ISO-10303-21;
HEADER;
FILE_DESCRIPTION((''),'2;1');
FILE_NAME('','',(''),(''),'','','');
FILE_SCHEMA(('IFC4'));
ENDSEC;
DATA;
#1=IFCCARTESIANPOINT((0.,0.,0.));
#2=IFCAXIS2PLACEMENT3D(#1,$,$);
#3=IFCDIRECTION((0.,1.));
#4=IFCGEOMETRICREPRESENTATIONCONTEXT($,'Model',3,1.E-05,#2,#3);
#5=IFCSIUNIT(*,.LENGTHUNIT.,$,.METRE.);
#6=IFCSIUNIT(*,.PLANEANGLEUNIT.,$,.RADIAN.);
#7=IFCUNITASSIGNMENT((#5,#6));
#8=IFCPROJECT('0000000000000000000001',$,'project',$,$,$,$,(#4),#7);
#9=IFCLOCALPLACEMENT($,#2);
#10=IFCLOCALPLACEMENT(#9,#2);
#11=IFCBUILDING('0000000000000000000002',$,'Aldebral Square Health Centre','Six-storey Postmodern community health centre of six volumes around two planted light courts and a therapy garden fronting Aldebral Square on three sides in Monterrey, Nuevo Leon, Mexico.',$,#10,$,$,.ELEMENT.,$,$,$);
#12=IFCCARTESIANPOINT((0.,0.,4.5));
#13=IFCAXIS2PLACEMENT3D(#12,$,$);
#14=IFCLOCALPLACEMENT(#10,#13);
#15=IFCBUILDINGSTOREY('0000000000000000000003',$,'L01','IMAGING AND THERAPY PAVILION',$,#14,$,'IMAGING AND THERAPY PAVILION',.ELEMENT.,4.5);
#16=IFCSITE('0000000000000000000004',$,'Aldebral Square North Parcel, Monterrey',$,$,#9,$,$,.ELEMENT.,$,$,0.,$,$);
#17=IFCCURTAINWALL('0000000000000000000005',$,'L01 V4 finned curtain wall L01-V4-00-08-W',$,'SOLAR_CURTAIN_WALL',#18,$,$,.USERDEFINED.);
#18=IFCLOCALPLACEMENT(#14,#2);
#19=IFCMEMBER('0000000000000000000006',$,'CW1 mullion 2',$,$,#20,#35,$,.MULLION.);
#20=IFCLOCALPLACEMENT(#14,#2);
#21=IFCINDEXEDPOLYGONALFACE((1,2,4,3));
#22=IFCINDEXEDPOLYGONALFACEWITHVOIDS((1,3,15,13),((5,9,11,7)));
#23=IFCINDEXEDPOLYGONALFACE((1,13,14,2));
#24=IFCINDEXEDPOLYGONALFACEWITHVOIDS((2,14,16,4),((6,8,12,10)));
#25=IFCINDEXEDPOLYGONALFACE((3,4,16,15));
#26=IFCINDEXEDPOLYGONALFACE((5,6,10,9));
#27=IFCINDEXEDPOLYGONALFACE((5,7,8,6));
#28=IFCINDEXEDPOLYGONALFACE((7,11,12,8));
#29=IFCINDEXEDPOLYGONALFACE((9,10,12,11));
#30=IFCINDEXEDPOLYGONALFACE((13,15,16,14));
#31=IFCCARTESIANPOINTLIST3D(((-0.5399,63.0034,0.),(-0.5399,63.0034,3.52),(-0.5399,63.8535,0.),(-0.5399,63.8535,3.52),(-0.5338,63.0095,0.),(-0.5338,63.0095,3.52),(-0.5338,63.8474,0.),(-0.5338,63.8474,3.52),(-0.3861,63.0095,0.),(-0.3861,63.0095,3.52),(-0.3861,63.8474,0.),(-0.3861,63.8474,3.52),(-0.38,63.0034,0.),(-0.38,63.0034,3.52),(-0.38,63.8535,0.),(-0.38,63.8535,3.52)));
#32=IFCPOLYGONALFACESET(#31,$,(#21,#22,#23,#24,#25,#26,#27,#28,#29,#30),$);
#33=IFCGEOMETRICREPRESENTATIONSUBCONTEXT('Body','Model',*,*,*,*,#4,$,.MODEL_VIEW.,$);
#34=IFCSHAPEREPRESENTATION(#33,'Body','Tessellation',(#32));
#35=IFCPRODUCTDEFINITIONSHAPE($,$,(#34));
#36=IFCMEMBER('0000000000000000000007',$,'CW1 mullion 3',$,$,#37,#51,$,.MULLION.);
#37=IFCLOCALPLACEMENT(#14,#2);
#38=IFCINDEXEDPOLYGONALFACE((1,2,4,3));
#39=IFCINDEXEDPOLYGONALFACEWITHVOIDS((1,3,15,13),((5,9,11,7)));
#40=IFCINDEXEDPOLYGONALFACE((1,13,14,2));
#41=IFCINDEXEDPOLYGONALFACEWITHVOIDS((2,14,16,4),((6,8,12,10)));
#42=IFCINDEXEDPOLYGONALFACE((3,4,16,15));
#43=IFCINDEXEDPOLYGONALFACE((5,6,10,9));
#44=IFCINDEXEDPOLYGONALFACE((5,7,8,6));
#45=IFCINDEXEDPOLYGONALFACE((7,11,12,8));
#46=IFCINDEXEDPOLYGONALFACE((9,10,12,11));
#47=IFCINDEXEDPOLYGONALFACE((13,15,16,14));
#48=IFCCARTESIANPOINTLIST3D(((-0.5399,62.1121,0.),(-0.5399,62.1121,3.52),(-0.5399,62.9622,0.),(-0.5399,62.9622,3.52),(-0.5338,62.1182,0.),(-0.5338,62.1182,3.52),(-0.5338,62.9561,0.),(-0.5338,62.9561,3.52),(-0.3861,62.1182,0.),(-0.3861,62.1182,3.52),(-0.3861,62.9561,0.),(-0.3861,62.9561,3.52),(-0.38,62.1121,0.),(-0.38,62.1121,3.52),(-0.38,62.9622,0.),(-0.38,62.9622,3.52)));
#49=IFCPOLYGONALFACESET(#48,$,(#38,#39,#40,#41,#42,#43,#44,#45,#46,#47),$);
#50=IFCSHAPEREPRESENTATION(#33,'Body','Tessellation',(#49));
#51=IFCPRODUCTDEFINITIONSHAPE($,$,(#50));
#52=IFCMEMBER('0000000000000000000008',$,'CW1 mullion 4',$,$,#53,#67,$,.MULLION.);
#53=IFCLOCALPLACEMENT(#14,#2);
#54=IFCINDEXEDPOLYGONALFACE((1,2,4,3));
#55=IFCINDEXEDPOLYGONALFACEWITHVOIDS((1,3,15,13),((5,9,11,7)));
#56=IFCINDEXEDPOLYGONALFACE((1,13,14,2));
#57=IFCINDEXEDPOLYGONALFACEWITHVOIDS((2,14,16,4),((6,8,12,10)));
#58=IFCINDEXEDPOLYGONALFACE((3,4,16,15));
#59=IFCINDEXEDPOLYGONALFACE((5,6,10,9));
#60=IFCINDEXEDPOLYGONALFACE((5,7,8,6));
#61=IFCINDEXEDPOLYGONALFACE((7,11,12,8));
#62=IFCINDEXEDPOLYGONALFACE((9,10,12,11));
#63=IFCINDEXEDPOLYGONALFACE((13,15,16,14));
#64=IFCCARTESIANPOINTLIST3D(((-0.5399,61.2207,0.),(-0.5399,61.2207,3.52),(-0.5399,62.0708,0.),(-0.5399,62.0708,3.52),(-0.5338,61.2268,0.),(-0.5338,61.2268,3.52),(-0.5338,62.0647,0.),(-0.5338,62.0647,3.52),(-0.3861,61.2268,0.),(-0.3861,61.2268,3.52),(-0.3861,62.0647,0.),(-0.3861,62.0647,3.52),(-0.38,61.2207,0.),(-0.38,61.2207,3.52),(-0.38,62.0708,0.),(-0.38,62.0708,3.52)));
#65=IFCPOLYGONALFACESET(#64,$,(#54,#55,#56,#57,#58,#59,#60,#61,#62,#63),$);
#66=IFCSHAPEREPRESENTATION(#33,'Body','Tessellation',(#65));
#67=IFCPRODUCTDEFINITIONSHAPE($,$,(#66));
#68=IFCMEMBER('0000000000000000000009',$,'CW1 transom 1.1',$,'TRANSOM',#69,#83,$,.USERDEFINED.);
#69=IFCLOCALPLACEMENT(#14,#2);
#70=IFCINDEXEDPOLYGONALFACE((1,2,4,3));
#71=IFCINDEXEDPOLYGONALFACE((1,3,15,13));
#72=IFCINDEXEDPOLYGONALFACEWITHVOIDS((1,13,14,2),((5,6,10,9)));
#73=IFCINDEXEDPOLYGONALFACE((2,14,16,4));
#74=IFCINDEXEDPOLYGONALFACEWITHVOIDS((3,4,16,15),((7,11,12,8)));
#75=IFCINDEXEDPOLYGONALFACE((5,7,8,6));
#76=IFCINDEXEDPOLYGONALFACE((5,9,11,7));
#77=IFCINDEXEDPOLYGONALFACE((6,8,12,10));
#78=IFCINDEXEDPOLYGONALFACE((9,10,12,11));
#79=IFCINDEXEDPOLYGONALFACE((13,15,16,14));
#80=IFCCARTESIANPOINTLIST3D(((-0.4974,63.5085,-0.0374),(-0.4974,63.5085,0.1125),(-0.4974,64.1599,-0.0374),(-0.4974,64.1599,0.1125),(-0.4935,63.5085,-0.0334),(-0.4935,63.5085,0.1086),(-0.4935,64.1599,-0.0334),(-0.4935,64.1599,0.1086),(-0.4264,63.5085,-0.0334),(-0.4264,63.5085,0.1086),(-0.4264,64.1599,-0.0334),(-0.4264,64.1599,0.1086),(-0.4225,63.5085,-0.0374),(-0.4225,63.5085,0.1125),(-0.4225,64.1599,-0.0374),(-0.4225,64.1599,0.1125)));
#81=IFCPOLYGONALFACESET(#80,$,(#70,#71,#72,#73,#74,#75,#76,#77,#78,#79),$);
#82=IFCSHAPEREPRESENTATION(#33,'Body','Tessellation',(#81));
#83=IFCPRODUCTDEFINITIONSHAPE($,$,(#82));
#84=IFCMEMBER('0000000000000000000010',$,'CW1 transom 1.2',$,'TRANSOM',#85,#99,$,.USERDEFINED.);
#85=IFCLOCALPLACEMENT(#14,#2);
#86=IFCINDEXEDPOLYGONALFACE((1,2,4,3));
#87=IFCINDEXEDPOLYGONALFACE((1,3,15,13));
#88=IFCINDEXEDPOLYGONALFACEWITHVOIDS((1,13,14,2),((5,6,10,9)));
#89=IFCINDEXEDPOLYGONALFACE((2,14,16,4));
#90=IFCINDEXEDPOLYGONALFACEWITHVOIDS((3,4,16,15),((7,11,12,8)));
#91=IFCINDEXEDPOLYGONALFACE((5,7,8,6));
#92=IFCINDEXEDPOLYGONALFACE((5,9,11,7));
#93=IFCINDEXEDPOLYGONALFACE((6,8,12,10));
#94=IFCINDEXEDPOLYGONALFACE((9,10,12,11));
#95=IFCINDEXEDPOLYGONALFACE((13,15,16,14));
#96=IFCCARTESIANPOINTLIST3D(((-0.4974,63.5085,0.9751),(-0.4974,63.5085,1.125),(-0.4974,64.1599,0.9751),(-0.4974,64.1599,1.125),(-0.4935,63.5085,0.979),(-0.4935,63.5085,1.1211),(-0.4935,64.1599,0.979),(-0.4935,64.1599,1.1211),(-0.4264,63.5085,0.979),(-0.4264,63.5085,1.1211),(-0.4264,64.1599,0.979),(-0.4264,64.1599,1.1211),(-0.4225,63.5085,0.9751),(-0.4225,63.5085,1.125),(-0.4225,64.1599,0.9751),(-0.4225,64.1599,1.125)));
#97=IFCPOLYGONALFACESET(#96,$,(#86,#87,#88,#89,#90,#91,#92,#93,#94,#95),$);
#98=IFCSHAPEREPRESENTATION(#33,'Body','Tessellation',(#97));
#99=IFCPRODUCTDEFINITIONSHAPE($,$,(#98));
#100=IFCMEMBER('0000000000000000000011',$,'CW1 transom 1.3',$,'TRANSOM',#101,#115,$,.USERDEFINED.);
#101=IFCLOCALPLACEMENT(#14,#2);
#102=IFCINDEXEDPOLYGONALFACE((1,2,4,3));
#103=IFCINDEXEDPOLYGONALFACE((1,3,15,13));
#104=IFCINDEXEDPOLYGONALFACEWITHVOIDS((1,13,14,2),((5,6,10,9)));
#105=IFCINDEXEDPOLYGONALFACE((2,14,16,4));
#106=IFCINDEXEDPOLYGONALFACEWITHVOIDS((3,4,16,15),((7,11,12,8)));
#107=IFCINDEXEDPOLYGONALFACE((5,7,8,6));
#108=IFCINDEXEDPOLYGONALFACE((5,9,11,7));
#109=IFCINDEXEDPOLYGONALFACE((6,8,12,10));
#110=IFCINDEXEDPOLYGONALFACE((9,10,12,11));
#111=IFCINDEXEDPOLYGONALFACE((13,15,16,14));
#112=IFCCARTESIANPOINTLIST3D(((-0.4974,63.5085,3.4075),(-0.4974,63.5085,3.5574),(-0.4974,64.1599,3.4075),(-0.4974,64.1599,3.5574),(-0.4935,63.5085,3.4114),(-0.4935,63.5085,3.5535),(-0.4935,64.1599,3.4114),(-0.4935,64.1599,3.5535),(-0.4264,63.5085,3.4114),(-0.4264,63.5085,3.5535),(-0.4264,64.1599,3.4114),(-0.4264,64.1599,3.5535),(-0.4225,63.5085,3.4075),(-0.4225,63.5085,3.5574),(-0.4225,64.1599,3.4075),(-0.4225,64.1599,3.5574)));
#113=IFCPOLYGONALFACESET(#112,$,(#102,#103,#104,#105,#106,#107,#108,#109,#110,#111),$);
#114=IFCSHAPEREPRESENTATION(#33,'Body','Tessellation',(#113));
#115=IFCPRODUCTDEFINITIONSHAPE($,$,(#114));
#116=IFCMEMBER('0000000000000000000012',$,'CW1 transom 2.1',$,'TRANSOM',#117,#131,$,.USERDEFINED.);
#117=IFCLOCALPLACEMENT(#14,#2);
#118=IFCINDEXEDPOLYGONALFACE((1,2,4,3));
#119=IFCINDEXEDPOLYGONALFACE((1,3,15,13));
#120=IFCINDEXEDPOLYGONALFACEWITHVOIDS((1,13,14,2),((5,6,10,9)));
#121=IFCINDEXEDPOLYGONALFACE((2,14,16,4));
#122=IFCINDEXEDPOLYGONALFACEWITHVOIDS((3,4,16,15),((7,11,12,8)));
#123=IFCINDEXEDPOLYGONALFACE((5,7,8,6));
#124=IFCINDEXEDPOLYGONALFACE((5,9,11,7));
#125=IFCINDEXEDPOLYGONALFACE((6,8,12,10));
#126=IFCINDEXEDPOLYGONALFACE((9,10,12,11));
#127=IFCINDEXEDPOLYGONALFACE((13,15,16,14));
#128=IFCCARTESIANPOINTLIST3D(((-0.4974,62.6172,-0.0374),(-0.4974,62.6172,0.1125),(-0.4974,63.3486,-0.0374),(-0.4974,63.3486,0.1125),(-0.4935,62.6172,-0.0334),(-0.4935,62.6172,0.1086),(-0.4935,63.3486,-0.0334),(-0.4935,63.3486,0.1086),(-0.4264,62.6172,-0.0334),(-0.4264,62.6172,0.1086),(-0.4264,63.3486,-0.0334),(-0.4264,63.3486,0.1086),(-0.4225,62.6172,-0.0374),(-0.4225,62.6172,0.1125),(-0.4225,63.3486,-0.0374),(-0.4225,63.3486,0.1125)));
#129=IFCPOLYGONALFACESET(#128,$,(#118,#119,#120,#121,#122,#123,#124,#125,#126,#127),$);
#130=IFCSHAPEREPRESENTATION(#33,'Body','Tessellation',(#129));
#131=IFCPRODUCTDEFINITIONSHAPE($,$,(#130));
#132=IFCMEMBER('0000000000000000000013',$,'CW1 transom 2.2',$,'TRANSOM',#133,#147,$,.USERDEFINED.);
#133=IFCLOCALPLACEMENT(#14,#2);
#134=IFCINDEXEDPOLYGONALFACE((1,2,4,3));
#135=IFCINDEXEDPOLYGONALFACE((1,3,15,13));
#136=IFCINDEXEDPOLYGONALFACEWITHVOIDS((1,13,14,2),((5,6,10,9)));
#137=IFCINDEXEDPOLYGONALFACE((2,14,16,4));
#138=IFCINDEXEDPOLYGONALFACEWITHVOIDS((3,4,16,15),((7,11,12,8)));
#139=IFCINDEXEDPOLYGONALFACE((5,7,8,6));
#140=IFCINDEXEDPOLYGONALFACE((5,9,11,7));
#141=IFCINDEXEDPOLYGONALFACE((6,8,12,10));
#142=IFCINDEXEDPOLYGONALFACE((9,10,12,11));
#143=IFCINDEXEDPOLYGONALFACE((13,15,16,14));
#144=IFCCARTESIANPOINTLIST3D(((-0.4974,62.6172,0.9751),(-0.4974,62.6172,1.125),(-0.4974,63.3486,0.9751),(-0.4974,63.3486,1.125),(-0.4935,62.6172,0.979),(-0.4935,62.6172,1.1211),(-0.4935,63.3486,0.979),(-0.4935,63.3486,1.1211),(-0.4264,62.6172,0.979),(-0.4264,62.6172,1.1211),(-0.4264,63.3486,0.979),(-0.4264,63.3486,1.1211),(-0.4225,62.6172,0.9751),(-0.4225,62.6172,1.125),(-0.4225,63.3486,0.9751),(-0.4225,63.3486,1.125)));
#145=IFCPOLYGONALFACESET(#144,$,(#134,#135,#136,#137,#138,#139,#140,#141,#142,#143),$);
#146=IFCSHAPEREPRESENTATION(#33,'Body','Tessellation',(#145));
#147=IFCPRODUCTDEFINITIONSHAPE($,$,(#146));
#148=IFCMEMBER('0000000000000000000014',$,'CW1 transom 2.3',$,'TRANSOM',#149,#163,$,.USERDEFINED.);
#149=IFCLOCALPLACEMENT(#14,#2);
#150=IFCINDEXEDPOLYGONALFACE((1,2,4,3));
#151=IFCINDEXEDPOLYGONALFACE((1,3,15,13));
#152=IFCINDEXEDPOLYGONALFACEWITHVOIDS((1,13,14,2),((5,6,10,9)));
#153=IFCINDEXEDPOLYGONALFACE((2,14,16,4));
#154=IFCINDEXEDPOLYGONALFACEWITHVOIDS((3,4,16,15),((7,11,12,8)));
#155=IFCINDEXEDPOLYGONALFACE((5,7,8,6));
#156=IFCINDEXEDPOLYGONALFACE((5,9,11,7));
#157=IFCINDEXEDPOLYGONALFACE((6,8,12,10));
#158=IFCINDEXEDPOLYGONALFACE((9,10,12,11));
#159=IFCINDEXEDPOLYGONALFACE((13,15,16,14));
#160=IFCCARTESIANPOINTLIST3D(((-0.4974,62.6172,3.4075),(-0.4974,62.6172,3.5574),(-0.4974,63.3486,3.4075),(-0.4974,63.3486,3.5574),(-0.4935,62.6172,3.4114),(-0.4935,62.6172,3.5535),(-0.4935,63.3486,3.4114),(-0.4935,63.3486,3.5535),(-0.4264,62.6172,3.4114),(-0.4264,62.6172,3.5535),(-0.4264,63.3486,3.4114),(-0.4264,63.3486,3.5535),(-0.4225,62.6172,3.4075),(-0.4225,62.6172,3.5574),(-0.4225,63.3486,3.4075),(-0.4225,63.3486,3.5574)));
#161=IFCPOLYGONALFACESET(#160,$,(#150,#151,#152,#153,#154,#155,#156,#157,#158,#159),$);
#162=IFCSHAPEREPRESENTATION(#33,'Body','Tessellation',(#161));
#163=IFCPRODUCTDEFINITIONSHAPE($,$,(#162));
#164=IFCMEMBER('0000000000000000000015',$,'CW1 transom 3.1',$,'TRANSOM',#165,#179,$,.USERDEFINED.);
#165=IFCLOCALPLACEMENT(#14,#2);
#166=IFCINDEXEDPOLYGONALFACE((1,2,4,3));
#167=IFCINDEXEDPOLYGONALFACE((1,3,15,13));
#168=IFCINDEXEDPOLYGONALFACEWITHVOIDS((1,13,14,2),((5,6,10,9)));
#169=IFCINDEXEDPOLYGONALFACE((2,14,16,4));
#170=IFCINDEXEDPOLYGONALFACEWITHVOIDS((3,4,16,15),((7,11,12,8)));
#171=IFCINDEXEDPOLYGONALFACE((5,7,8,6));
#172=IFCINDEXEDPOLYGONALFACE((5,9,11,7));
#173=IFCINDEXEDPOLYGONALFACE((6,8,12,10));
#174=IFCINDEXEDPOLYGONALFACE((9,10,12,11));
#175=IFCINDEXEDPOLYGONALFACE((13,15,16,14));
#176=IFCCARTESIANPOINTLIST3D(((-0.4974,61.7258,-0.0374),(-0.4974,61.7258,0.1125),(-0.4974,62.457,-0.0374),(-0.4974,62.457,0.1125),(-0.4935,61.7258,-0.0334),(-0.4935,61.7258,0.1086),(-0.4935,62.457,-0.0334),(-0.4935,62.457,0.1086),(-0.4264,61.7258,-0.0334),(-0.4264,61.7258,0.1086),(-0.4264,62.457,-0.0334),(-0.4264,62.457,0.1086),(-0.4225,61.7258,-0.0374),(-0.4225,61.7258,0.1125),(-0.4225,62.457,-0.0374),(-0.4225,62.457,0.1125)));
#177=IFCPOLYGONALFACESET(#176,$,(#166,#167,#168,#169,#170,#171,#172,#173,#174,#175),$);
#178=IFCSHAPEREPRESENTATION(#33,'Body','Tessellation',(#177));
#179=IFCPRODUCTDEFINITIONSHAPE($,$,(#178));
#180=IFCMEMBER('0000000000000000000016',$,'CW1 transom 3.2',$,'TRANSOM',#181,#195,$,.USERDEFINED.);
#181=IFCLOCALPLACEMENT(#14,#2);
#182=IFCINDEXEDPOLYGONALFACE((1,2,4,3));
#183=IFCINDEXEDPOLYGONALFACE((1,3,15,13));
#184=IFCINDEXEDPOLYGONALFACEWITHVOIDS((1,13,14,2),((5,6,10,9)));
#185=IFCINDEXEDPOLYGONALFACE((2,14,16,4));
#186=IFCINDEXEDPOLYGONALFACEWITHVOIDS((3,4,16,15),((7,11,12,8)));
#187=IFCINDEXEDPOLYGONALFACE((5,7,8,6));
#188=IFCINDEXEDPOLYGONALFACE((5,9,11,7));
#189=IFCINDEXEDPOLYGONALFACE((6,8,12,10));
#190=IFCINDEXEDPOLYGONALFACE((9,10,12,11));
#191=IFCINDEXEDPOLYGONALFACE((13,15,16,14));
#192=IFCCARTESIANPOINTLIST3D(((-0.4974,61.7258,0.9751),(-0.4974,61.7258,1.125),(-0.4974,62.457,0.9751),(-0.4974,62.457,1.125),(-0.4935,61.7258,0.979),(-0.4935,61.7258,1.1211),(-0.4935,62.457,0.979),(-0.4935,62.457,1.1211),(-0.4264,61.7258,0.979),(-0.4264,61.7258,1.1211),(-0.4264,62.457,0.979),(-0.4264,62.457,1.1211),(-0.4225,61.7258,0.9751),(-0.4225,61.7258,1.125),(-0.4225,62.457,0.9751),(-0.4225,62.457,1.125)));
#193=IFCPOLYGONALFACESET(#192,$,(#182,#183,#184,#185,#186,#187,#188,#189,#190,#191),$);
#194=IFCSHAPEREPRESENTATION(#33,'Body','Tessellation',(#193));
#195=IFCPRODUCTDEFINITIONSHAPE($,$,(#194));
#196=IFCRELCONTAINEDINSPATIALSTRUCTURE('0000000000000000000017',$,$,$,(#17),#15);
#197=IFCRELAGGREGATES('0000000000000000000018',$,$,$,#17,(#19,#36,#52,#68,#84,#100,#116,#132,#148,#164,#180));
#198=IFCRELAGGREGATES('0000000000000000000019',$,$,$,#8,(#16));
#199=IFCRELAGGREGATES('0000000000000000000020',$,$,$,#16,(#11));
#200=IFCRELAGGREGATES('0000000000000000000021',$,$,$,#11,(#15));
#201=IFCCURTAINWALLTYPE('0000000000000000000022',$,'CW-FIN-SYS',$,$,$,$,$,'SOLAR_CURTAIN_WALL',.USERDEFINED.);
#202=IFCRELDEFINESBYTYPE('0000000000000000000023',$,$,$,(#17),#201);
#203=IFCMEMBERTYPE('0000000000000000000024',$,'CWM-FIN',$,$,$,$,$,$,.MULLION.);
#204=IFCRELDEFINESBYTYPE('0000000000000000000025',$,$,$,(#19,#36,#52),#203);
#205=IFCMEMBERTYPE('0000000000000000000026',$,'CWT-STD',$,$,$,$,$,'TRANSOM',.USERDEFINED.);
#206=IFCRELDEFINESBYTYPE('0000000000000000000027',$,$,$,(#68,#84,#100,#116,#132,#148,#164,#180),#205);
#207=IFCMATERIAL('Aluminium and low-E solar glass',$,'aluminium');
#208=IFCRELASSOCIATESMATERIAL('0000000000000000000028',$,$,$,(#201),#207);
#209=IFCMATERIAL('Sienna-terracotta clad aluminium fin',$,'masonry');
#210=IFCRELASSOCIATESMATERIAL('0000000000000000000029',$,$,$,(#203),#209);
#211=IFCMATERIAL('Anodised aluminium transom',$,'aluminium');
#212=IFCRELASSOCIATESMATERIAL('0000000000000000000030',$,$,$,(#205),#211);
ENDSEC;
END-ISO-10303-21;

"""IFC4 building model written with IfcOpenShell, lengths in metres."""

from ifc_helpers import new_model, si_unit, direction, frame, origin, origin_2d, place, context, subcontext, project, spatial, hollow_rectangle, extrude, material, material_profile, profile_set, type_object, element, aggregate, save


model = new_model("IFC4")

# Units and contexts
model_context = context("Model", 3, precision=1e-05, world=origin(), true_north=direction((0.0, 1.0)))
body_context = subcontext(model_context, "Body", "Model", "MODEL_VIEW")
ifc_project = project(units=[si_unit("LENGTHUNIT", "METRE"), si_unit("PLANEANGLEUNIT", "RADIAN")], contexts=[model_context])

# Site, building, storey
site_placement = place(None, origin())
site = spatial("IfcSite", under=ifc_project, at=site_placement, Name="Aldebral Square North Parcel, Monterrey", CompositionType="ELEMENT", RefElevation=0.0)
building_placement = place(site_placement, origin())
building = spatial("IfcBuilding", under=site, at=building_placement, Name="Aldebral Square Health Centre", Description="Six-storey Postmodern community health centre of six volumes around two planted light courts and a therapy garden fronting Aldebral Square on three sides in Monterrey, Nuevo Leon, Mexico.", CompositionType="ELEMENT")
storey_placement = place(building_placement, frame((0.0, 0.0, 4.5)))
storey = spatial("IfcBuildingStorey", under=building, at=storey_placement, Name="L01", Description="IMAGING AND THERAPY PAVILION", LongName="IMAGING AND THERAPY PAVILION", CompositionType="ELEMENT", Elevation=4.5)

# Curtain wall, members
ifc_material_1 = material(Name="Aluminium and low-E solar glass", Category="aluminium")
curtain_wall_type = type_object("IfcCurtainWallType", Name="CW-FIN-SYS", ElementType="SOLAR_CURTAIN_WALL", PredefinedType="USERDEFINED", material=ifc_material_1)
curtain_wall_placement = place(storey_placement, origin())
curtain_wall = element("IfcCurtainWall", 1, at=curtain_wall_placement, inside=storey, type_object=curtain_wall_type, Name="L01 V4 finned curtain wall L01-V4-00-08-W", ObjectType="SOLAR_CURTAIN_WALL", PredefinedType="USERDEFINED")
ifc_material_2 = material(Name="Sienna-terracotta clad aluminium fin", Category="masonry")
ifc_material_profile_1 = material_profile(ifc_material_2, hollow_rectangle(XDim=0.1599, YDim=0.8501, WallThickness=0.0061, at=origin_2d()), Name="FIN 160x850x6")
ifc_profile_set_1 = profile_set([ifc_material_profile_1], Name="Sienna-terracotta clad aluminium fin")
member_type_1 = type_object("IfcMemberType", Name="CWM-FIN", PredefinedType="MULLION", material=ifc_profile_set_1)
member_1_placement = place(storey_placement, frame((-0.46, 63.4285, 0.0), z_axis=(0.0, 0.0, 1.0), x_axis=(1.0, 0.0, 0.0)))
member_1 = element("IfcMember", 2, at=member_1_placement, type_object=member_type_1, Name="CW1 mullion 2", PredefinedType="MULLION", context=body_context, shape_type="SweptSolid", body=[
    extrude(hollow_rectangle(XDim=0.1599, YDim=0.8501, WallThickness=0.0061, at=origin_2d()), origin(), (0.0, 0.0, 1.0), 3.52),
])
member_2_placement = place(storey_placement, frame((-0.46, 62.5371, 0.0), z_axis=(0.0, 0.0, 1.0), x_axis=(1.0, 0.0, 0.0)))
member_2 = element("IfcMember", 3, at=member_2_placement, type_object=member_type_1, Name="CW1 mullion 3", PredefinedType="MULLION", context=body_context, shape_type="SweptSolid", body=[
    extrude(hollow_rectangle(XDim=0.1599, YDim=0.8501, WallThickness=0.0061, at=origin_2d()), origin(), (0.0, 0.0, 1.0), 3.52),
])
member_3_placement = place(storey_placement, frame((-0.46, 61.6458, 0.0), z_axis=(0.0, 0.0, 1.0), x_axis=(1.0, 0.0, 0.0)))
member_3 = element("IfcMember", 4, at=member_3_placement, type_object=member_type_1, Name="CW1 mullion 4", PredefinedType="MULLION", context=body_context, shape_type="SweptSolid", body=[
    extrude(hollow_rectangle(XDim=0.1599, YDim=0.8501, WallThickness=0.0061, at=origin_2d()), origin(), (0.0, 0.0, 1.0), 3.52),
])
ifc_material_3 = material(Name="Anodised aluminium transom", Category="aluminium")
ifc_material_profile_2 = material_profile(ifc_material_3, hollow_rectangle(XDim=0.075, YDim=0.1499, WallThickness=0.0039, at=origin_2d()), Name="CWT 75x150x4")
ifc_profile_set_2 = profile_set([ifc_material_profile_2], Name="Anodised aluminium transom")
member_type_2 = type_object("IfcMemberType", Name="CWT-STD", ElementType="TRANSOM", PredefinedType="USERDEFINED", material=ifc_profile_set_2)
member_4_placement = place(storey_placement, frame((-0.46, 64.1599, 0.0376), z_axis=(0.0, -1.0, 0.0), x_axis=(1.0, 0.0, 0.0)))
member_4 = element("IfcMember", 5, at=member_4_placement, type_object=member_type_2, Name="CW1 transom 1.1", ObjectType="TRANSOM", PredefinedType="USERDEFINED", context=body_context, shape_type="SweptSolid", body=[
    extrude(hollow_rectangle(XDim=0.075, YDim=0.1499, WallThickness=0.0039, at=origin_2d()), origin(), (0.0, 0.0, 1.0), 0.6514),
])
member_5_placement = place(storey_placement, frame((-0.46, 64.1599, 1.05), z_axis=(0.0, -1.0, 0.0), x_axis=(1.0, 0.0, 0.0)))
member_5 = element("IfcMember", 6, at=member_5_placement, type_object=member_type_2, Name="CW1 transom 1.2", ObjectType="TRANSOM", PredefinedType="USERDEFINED", context=body_context, shape_type="SweptSolid", body=[
    extrude(hollow_rectangle(XDim=0.075, YDim=0.1499, WallThickness=0.0039, at=origin_2d()), origin(), (0.0, 0.0, 1.0), 0.6514),
])
member_6_placement = place(storey_placement, frame((-0.46, 64.1599, 3.4824), z_axis=(0.0, -1.0, 0.0), x_axis=(1.0, 0.0, 0.0)))
member_6 = element("IfcMember", 7, at=member_6_placement, type_object=member_type_2, Name="CW1 transom 1.3", ObjectType="TRANSOM", PredefinedType="USERDEFINED", context=body_context, shape_type="SweptSolid", body=[
    extrude(hollow_rectangle(XDim=0.075, YDim=0.1499, WallThickness=0.0039, at=origin_2d()), origin(), (0.0, 0.0, 1.0), 0.6514),
])
member_7_placement = place(storey_placement, frame((-0.46, 63.3486, 0.0376), z_axis=(0.0, -1.0, 0.0), x_axis=(1.0, 0.0, 0.0)))
member_7 = element("IfcMember", 8, at=member_7_placement, type_object=member_type_2, Name="CW1 transom 2.1", ObjectType="TRANSOM", PredefinedType="USERDEFINED", context=body_context, shape_type="SweptSolid", body=[
    extrude(hollow_rectangle(XDim=0.075, YDim=0.1499, WallThickness=0.0039, at=origin_2d()), origin(), (0.0, 0.0, 1.0), 0.7314),
])
member_8_placement = place(storey_placement, frame((-0.46, 63.3486, 1.05), z_axis=(0.0, -1.0, 0.0), x_axis=(1.0, 0.0, 0.0)))
member_8 = element("IfcMember", 9, at=member_8_placement, type_object=member_type_2, Name="CW1 transom 2.2", ObjectType="TRANSOM", PredefinedType="USERDEFINED", context=body_context, shape_type="SweptSolid", body=[
    extrude(hollow_rectangle(XDim=0.075, YDim=0.1499, WallThickness=0.0039, at=origin_2d()), origin(), (0.0, 0.0, 1.0), 0.7314),
])
member_9_placement = place(storey_placement, frame((-0.46, 63.3486, 3.4824), z_axis=(0.0, -1.0, 0.0), x_axis=(1.0, 0.0, 0.0)))
member_9 = element("IfcMember", 10, at=member_9_placement, type_object=member_type_2, Name="CW1 transom 2.3", ObjectType="TRANSOM", PredefinedType="USERDEFINED", context=body_context, shape_type="SweptSolid", body=[
    extrude(hollow_rectangle(XDim=0.075, YDim=0.1499, WallThickness=0.0039, at=origin_2d()), origin(), (0.0, 0.0, 1.0), 0.7314),
])
member_10_placement = place(storey_placement, frame((-0.46, 62.457, 0.0376), z_axis=(0.0, -1.0, 0.0), x_axis=(1.0, 0.0, 0.0)))
member_10 = element("IfcMember", 11, at=member_10_placement, type_object=member_type_2, Name="CW1 transom 3.1", ObjectType="TRANSOM", PredefinedType="USERDEFINED", context=body_context, shape_type="SweptSolid", body=[
    extrude(hollow_rectangle(XDim=0.075, YDim=0.1499, WallThickness=0.0039, at=origin_2d()), origin(), (0.0, 0.0, 1.0), 0.7312),
])
member_11_placement = place(storey_placement, frame((-0.46, 62.457, 1.05), z_axis=(0.0, -1.0, 0.0), x_axis=(1.0, 0.0, 0.0)))
member_11 = element("IfcMember", 12, at=member_11_placement, type_object=member_type_2, Name="CW1 transom 3.2", ObjectType="TRANSOM", PredefinedType="USERDEFINED", context=body_context, shape_type="SweptSolid", body=[
    extrude(hollow_rectangle(XDim=0.075, YDim=0.1499, WallThickness=0.0039, at=origin_2d()), origin(), (0.0, 0.0, 1.0), 0.7312),
])
aggregate(curtain_wall, [member_1, member_2, member_3, member_4, member_5, member_6, member_7, member_8, member_9, member_10, member_11])

save(model, "model.ifc")
